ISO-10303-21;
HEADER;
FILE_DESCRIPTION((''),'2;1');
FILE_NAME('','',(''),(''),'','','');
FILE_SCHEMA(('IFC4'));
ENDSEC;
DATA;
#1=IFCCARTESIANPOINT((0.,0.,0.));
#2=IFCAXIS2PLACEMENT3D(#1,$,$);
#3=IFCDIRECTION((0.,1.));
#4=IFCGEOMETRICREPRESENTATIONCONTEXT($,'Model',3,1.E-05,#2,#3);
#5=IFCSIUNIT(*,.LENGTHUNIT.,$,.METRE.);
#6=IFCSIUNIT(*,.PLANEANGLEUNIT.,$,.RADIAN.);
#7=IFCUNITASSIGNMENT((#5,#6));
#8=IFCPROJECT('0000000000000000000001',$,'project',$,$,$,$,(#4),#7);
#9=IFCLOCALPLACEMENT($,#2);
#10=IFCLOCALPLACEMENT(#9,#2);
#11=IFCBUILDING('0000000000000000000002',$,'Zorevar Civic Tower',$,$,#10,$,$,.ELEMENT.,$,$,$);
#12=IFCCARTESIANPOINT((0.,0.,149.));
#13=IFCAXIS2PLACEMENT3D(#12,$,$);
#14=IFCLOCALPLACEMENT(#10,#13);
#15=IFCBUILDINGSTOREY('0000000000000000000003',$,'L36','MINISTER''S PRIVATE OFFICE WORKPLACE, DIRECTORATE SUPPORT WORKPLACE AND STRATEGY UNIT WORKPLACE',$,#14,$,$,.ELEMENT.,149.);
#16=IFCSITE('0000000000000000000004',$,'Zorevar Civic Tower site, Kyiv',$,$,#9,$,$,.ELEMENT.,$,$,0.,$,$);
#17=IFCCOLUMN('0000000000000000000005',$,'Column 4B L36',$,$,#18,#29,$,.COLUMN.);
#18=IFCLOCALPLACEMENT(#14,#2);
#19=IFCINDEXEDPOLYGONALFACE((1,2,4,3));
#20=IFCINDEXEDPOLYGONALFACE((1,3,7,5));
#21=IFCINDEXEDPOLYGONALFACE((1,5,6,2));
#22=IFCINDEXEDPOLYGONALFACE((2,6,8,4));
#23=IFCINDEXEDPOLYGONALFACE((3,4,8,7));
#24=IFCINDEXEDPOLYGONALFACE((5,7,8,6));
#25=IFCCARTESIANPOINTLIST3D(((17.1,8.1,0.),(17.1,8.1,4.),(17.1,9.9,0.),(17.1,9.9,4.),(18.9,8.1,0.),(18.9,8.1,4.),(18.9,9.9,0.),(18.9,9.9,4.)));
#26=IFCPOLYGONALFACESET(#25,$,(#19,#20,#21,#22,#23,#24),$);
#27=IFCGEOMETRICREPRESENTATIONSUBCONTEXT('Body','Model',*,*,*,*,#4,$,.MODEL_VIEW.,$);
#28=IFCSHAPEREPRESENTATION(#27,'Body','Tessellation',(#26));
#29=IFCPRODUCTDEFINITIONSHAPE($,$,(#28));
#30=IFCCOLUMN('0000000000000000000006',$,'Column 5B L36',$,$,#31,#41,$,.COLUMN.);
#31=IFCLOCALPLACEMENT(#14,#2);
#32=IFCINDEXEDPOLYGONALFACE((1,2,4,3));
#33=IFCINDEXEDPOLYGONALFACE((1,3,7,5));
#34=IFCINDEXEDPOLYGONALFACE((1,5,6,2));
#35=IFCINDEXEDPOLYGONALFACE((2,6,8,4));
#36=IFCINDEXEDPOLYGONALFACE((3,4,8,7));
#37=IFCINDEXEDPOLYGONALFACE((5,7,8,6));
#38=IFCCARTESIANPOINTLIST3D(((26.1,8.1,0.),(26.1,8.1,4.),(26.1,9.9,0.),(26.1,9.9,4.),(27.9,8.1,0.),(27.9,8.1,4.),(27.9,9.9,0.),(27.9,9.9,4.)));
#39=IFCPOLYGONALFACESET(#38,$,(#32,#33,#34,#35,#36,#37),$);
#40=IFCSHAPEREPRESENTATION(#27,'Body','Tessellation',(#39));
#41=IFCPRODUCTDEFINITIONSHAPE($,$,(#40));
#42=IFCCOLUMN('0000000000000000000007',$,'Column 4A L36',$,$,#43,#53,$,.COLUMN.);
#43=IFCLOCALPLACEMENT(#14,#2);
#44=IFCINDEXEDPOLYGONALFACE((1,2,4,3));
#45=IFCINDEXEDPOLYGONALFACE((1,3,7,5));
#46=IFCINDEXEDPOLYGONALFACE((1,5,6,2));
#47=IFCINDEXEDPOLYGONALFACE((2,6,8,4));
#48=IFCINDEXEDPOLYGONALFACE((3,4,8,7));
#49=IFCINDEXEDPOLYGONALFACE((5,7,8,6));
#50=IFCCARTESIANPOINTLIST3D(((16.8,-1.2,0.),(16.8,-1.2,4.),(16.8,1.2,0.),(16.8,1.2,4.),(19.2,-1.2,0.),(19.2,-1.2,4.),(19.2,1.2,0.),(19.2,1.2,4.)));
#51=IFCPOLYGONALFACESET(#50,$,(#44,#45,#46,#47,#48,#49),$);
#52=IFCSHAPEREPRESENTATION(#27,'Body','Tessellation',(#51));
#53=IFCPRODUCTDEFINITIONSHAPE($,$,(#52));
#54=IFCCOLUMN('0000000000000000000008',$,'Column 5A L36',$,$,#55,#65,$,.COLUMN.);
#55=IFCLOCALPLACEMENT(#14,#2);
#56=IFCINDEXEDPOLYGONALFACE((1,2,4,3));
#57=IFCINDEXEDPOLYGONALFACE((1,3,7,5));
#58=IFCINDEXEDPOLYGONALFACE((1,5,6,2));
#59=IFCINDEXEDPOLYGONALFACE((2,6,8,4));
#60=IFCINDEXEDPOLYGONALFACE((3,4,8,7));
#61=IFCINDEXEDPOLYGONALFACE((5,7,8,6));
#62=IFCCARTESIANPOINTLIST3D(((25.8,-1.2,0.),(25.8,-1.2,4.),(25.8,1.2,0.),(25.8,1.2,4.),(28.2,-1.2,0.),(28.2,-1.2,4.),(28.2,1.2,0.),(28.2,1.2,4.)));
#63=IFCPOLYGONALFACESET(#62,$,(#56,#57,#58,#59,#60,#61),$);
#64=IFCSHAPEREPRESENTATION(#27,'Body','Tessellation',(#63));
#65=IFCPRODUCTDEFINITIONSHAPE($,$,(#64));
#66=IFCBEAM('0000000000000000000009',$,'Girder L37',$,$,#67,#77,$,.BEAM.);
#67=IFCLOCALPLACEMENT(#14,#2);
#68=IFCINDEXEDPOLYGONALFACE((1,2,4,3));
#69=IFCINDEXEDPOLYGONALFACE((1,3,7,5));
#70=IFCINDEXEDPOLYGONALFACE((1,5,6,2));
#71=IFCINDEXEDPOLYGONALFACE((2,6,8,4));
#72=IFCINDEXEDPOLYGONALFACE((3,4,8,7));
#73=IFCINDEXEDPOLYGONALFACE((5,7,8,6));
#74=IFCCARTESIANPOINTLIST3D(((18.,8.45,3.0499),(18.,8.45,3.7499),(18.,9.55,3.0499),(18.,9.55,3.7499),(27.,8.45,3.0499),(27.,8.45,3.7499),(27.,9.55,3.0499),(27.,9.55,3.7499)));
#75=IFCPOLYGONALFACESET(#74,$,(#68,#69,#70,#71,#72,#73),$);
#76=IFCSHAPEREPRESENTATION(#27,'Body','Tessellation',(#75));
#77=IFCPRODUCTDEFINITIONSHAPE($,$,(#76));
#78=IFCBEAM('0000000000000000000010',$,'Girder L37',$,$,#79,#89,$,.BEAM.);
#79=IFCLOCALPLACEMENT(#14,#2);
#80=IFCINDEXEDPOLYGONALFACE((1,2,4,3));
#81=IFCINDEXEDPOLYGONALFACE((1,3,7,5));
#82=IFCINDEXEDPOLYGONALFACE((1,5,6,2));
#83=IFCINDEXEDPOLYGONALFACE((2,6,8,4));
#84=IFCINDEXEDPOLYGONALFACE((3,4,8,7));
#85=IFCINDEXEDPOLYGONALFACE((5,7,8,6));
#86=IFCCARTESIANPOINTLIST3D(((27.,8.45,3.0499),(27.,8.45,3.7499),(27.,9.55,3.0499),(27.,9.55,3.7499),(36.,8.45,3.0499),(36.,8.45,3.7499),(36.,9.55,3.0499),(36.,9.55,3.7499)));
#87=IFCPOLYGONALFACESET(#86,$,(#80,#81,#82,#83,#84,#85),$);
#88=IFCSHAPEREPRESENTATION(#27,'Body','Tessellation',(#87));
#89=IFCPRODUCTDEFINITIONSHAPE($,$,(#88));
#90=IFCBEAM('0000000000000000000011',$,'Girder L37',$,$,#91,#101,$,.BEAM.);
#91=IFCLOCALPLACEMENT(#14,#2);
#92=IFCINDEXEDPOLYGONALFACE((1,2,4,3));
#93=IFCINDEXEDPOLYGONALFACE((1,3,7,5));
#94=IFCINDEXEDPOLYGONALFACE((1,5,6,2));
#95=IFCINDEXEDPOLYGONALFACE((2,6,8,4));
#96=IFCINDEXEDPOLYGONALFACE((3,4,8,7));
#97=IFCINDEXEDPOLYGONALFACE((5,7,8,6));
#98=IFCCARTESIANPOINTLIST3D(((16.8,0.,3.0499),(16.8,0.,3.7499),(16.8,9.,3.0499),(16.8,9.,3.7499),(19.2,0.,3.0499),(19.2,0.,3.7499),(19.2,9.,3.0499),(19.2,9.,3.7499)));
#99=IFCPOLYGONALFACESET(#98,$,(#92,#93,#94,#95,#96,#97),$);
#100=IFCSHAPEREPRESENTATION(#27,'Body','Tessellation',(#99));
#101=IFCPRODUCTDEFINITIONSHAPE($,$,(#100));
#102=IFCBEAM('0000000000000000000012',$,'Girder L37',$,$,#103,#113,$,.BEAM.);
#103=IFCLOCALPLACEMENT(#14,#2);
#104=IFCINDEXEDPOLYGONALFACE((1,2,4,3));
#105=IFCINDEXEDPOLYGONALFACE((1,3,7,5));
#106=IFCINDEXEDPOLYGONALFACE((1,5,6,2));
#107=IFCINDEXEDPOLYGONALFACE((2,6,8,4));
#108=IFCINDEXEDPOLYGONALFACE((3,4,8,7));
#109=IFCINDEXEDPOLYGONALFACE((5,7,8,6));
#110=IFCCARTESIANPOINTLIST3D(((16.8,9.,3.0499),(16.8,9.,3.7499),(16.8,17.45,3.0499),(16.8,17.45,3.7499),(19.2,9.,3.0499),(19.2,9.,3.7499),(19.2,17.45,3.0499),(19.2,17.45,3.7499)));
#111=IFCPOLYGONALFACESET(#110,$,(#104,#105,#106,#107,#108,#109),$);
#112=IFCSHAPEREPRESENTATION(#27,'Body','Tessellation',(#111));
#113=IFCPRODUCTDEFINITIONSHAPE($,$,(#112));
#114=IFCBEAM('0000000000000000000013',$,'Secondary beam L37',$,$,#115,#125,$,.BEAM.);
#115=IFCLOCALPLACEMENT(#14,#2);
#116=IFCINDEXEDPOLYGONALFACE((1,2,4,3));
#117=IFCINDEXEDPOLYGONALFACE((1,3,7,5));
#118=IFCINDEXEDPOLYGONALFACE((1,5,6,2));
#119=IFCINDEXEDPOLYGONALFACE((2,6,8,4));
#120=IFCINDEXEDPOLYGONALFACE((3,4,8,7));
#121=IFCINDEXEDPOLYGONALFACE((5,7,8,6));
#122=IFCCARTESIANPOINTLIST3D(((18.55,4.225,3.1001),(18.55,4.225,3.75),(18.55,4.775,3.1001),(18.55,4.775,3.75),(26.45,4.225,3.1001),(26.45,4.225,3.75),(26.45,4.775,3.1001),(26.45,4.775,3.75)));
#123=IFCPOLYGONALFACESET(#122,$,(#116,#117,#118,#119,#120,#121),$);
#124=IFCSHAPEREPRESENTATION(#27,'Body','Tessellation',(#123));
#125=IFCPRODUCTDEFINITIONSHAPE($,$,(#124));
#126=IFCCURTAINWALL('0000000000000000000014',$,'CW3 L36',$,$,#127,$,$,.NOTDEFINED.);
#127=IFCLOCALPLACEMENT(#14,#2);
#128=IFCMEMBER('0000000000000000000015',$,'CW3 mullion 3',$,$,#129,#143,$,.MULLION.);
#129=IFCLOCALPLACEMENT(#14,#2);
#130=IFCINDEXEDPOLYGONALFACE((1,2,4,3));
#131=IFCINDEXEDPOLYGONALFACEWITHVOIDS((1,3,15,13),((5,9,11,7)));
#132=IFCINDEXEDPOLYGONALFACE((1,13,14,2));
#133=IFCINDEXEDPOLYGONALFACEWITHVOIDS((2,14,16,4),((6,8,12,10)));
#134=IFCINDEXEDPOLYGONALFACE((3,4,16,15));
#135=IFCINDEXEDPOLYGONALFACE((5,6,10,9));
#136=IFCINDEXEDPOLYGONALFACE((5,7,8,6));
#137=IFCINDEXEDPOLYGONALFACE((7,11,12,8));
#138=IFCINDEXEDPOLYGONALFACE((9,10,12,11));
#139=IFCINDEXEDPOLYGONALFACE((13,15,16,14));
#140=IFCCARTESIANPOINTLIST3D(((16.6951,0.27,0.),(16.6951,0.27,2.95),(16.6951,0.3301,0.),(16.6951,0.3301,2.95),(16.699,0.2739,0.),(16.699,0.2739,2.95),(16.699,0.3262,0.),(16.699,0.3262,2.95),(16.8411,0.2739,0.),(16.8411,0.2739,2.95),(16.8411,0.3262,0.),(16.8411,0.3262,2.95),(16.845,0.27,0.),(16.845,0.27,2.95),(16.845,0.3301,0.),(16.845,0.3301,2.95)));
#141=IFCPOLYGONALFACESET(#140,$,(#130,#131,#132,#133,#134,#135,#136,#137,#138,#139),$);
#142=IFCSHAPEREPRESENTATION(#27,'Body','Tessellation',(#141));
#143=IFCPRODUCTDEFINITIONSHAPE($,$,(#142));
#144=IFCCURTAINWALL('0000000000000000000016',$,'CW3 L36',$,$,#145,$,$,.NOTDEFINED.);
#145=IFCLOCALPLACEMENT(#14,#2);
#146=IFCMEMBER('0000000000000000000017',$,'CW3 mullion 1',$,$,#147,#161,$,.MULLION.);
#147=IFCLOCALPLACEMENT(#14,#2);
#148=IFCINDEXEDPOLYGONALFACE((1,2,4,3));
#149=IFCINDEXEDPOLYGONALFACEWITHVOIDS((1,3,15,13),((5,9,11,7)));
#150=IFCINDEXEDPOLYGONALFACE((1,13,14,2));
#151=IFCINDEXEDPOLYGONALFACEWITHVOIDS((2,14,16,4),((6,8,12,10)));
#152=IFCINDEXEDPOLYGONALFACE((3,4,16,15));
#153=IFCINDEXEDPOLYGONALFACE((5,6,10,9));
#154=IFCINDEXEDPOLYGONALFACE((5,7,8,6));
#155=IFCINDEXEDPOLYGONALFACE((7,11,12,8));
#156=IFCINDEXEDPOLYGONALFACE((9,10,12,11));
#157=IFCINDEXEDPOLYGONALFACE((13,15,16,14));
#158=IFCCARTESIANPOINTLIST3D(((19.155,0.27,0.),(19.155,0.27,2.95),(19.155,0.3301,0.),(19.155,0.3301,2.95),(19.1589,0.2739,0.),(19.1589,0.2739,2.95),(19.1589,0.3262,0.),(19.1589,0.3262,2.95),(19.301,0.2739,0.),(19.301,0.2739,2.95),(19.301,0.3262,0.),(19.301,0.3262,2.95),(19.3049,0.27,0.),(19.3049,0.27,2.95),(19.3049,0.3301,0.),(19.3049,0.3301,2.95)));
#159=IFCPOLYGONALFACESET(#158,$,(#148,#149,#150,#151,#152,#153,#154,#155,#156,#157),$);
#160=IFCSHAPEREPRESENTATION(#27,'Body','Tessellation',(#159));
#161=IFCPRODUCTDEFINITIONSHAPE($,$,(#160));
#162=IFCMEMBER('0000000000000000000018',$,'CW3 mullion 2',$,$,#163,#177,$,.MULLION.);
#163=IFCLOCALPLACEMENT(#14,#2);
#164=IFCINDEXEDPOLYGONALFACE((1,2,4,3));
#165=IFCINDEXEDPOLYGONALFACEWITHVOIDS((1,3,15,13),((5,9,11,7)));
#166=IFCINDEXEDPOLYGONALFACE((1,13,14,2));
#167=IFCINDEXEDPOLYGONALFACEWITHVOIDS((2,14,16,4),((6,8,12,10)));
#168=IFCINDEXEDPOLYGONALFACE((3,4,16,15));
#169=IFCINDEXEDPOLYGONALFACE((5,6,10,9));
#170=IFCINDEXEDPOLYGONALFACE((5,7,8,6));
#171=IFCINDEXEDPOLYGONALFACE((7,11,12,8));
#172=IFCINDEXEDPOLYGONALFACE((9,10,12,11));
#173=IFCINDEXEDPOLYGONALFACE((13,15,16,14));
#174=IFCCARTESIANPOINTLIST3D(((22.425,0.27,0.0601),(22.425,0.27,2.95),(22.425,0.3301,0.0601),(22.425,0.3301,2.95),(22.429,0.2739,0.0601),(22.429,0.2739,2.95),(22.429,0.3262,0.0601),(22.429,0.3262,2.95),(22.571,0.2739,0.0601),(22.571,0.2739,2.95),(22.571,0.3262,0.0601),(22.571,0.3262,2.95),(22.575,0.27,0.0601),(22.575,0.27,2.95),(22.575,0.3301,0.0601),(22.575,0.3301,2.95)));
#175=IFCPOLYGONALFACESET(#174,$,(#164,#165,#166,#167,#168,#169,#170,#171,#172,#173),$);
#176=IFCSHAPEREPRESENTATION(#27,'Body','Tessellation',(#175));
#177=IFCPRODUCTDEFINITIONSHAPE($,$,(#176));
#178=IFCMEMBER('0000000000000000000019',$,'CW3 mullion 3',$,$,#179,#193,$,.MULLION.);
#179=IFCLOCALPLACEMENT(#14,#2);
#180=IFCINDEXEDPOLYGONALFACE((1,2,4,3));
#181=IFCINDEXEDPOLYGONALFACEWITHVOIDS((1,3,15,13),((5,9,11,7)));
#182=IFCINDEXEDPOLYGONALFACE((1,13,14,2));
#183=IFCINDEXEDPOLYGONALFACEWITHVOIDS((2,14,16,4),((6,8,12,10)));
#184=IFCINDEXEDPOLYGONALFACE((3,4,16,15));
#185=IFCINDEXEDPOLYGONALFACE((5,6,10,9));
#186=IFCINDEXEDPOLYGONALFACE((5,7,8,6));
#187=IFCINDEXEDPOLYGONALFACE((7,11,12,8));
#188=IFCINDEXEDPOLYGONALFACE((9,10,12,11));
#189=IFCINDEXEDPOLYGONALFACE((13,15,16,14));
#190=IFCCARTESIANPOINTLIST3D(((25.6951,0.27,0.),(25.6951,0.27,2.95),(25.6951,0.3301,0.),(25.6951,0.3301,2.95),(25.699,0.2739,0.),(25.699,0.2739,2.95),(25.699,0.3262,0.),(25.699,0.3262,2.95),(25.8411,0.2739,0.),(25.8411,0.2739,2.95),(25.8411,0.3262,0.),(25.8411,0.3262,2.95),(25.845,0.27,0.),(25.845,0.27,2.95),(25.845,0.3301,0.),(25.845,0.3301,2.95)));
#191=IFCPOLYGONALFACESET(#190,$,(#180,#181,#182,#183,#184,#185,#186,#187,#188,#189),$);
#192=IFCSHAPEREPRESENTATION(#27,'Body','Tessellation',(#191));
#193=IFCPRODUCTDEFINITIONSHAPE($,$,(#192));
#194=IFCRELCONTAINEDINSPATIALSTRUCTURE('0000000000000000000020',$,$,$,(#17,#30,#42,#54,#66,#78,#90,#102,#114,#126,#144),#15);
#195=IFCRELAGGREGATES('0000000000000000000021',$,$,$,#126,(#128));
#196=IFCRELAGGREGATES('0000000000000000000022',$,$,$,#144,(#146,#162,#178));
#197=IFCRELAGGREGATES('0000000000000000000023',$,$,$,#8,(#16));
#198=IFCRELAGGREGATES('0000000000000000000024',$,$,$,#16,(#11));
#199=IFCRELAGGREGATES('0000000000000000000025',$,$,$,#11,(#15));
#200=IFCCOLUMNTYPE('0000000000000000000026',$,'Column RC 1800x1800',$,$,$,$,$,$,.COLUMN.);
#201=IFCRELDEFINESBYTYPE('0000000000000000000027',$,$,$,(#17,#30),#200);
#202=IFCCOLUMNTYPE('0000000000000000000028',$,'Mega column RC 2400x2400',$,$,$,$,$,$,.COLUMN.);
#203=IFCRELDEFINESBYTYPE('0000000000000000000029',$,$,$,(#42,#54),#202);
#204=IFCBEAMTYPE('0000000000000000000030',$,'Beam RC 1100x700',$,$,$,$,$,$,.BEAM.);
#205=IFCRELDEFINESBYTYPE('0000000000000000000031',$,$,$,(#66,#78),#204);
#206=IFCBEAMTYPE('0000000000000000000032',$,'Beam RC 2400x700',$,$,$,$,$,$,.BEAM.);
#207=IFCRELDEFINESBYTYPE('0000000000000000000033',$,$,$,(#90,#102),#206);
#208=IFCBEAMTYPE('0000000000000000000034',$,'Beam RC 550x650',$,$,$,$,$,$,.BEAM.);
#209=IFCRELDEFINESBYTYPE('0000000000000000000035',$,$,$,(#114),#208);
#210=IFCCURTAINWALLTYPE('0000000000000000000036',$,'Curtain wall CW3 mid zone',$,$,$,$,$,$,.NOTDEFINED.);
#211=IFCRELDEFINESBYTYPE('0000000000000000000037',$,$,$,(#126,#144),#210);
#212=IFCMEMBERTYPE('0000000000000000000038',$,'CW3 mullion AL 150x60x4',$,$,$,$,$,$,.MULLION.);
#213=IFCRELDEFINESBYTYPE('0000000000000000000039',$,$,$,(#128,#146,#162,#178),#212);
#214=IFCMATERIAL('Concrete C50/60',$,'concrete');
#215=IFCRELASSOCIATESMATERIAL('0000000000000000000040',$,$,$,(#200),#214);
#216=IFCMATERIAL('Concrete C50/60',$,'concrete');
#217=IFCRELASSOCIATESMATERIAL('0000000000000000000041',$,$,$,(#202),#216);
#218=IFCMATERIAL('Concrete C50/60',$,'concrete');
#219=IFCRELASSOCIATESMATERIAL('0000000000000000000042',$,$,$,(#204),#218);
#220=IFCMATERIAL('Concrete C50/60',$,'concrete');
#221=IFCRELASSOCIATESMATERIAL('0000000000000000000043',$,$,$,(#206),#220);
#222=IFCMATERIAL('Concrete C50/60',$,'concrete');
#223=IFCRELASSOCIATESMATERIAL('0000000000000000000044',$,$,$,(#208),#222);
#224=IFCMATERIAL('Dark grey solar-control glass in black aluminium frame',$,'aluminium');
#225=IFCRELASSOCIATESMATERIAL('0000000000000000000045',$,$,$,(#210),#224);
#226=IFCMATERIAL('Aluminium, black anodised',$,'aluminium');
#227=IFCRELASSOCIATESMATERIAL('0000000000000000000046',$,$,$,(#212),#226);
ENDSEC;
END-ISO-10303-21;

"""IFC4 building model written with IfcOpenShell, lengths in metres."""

from ifc_helpers import new_model, si_unit, direction, frame, origin, origin_2d, place, context, subcontext, project, spatial, rectangle, hollow_rectangle, extrude, material, material_profile, profile_set, type_object, element, aggregate, save


model = new_model("IFC4")

# Units and contexts
model_context = context("Model", 3, precision=1e-05, world=origin(), true_north=direction((0.0, 1.0)))
body_context = subcontext(model_context, "Body", "Model", "MODEL_VIEW")
ifc_project = project(units=[si_unit("LENGTHUNIT", "METRE"), si_unit("PLANEANGLEUNIT", "RADIAN")], contexts=[model_context])

# Site, building, storey
site_placement = place(None, origin())
site = spatial("IfcSite", under=ifc_project, at=site_placement, Name="Zorevar Civic Tower site, Kyiv", CompositionType="ELEMENT", RefElevation=0.0)
building_placement = place(site_placement, origin())
building = spatial("IfcBuilding", under=site, at=building_placement, Name="Zorevar Civic Tower", CompositionType="ELEMENT")
storey_placement = place(building_placement, frame((0.0, 0.0, 149.0)))
storey = spatial("IfcBuildingStorey", under=building, at=storey_placement, Name="L36", Description="MINISTER'S PRIVATE OFFICE WORKPLACE, DIRECTORATE SUPPORT WORKPLACE AND STRATEGY UNIT WORKPLACE", CompositionType="ELEMENT", Elevation=149.0)

# Columns
ifc_material_1 = material(Name="Concrete C50/60", Category="concrete")
ifc_material_profile_1 = material_profile(ifc_material_1, rectangle(XDim=1.8, YDim=1.8, at=origin_2d()), Name="RC 1800x1800")
ifc_profile_set_1 = profile_set([ifc_material_profile_1], Name="Concrete C50/60")
column_type_1 = type_object("IfcColumnType", Name="Column RC 1800x1800", PredefinedType="COLUMN", material=ifc_profile_set_1)
for number, where, z_axis, x_axis, name in (
    (1, (18.0, 9.0, 0.0), (0.0, 0.0, 1.0), (1.0, 0.0, 0.0), "Column 4B L36"),
    (2, (27.0, 9.0, 0.0), (0.0, 0.0, 1.0), (1.0, 0.0, 0.0), "Column 5B L36"),
):
    element("IfcColumn", number, at=place(storey_placement, frame(where, z_axis=z_axis, x_axis=x_axis)), inside=storey, type_object=column_type_1, Name=name, PredefinedType="COLUMN", context=body_context, shape_type="SweptSolid", body=[
        extrude(rectangle(XDim=1.8, YDim=1.8, at=origin_2d()), origin(), (0.0, 0.0, 1.0), 4.0),
    ])
ifc_material_2 = material(Name="Concrete C50/60", Category="concrete")
ifc_material_profile_2 = material_profile(ifc_material_2, rectangle(XDim=2.3999, YDim=2.3999, at=origin_2d()), Name="RC 2400x2400")
ifc_profile_set_2 = profile_set([ifc_material_profile_2], Name="Concrete C50/60")
column_type_2 = type_object("IfcColumnType", Name="Mega column RC 2400x2400", PredefinedType="COLUMN", material=ifc_profile_set_2)
for number, where, z_axis, x_axis, name in (
    (3, (18.0, 0.0, 0.0), (0.0, 0.0, 1.0), (1.0, 0.0, 0.0), "Column 4A L36"),
    (4, (27.0, 0.0, 0.0), (0.0, 0.0, 1.0), (1.0, 0.0, 0.0), "Column 5A L36"),
):
    element("IfcColumn", number, at=place(storey_placement, frame(where, z_axis=z_axis, x_axis=x_axis)), inside=storey, type_object=column_type_2, Name=name, PredefinedType="COLUMN", context=body_context, shape_type="SweptSolid", body=[
        extrude(rectangle(XDim=2.3999, YDim=2.3999, at=origin_2d()), origin(), (0.0, 0.0, 1.0), 4.0),
    ])

# Beams
ifc_material_3 = material(Name="Concrete C50/60", Category="concrete")
ifc_material_profile_3 = material_profile(ifc_material_3, rectangle(XDim=1.1001, YDim=0.7, at=origin_2d()), Name="RC 1100x700")
ifc_profile_set_3 = profile_set([ifc_material_profile_3], Name="Concrete C50/60")
beam_type_1 = type_object("IfcBeamType", Name="Beam RC 1100x700", PredefinedType="BEAM", material=ifc_profile_set_3)
for number, where, z_axis, x_axis, name in (
    (5, (18.0, 9.0, 3.3999), (1.0, 0.0, 0.0), (0.0, 1.0, 0.0), "Girder L37"),
    (6, (27.0, 9.0, 3.3999), (1.0, 0.0, 0.0), (0.0, 1.0, 0.0), "Girder L37"),
):
    element("IfcBeam", number, at=place(storey_placement, frame(where, z_axis=z_axis, x_axis=x_axis)), inside=storey, type_object=beam_type_1, Name=name, PredefinedType="BEAM", context=body_context, shape_type="SweptSolid", body=[
        extrude(rectangle(XDim=1.1001, YDim=0.7, at=origin_2d()), origin(), (0.0, 0.0, 1.0), 9.0),
    ])
ifc_material_4 = material(Name="Concrete C50/60", Category="concrete")
ifc_material_profile_4 = material_profile(ifc_material_4, rectangle(XDim=2.3999, YDim=0.7, at=origin_2d()), Name="RC 2400x700")
ifc_profile_set_4 = profile_set([ifc_material_profile_4], Name="Concrete C50/60")
beam_type_2 = type_object("IfcBeamType", Name="Beam RC 2400x700", PredefinedType="BEAM", material=ifc_profile_set_4)
beam_1_placement = place(storey_placement, frame((18.0, 0.0, 3.3999), z_axis=(0.0, 1.0, 0.0), x_axis=(-1.0, 0.0, 0.0)))
element("IfcBeam", 7, at=beam_1_placement, inside=storey, type_object=beam_type_2, Name="Girder L37", PredefinedType="BEAM", context=body_context, shape_type="SweptSolid", body=[
    extrude(rectangle(XDim=2.3999, YDim=0.7, at=origin_2d()), origin(), (0.0, 0.0, 1.0), 9.0),
])
beam_2_placement = place(storey_placement, frame((18.0, 9.0, 3.3999), z_axis=(0.0, 1.0, 0.0), x_axis=(-1.0, 0.0, 0.0)))
element("IfcBeam", 8, at=beam_2_placement, inside=storey, type_object=beam_type_2, Name="Girder L37", PredefinedType="BEAM", context=body_context, shape_type="SweptSolid", body=[
    extrude(rectangle(XDim=2.3999, YDim=0.7, at=origin_2d()), origin(), (0.0, 0.0, 1.0), 8.45),
])
ifc_material_5 = material(Name="Concrete C50/60", Category="concrete")
ifc_material_profile_5 = material_profile(ifc_material_5, rectangle(XDim=0.55, YDim=0.6499, at=origin_2d()), Name="RC 550x650")
ifc_profile_set_5 = profile_set([ifc_material_profile_5], Name="Concrete C50/60")
beam_type_3 = type_object("IfcBeamType", Name="Beam RC 550x650", PredefinedType="BEAM", material=ifc_profile_set_5)
beam_3_placement = place(storey_placement, frame((18.55, 4.5, 3.425), z_axis=(1.0, 0.0, 0.0), x_axis=(0.0, 1.0, 0.0)))
element("IfcBeam", 9, at=beam_3_placement, inside=storey, type_object=beam_type_3, Name="Secondary beam L37", PredefinedType="BEAM", context=body_context, shape_type="SweptSolid", body=[
    extrude(rectangle(XDim=0.55, YDim=0.6499, at=origin_2d()), origin(), (0.0, 0.0, 1.0), 7.8999),
])

# Curtain wall, member
ifc_material_6 = material(Name="Dark grey solar-control glass in black aluminium frame", Category="aluminium")
curtain_wall_type = type_object("IfcCurtainWallType", Name="Curtain wall CW3 mid zone", PredefinedType="NOTDEFINED", material=ifc_material_6)
curtain_wall_1_placement = place(storey_placement, origin())
curtain_wall_1 = element("IfcCurtainWall", 10, at=curtain_wall_1_placement, inside=storey, type_object=curtain_wall_type, Name="CW3 L36", PredefinedType="NOTDEFINED")
ifc_material_7 = material(Name="Aluminium, black anodised", Category="aluminium")
ifc_material_profile_6 = material_profile(ifc_material_7, hollow_rectangle(XDim=0.0601, YDim=0.1499, WallThickness=0.0039, at=origin_2d()), Name="AL 150x60x4")
ifc_profile_set_6 = profile_set([ifc_material_profile_6], Name="Aluminium, black anodised")
member_type_1 = type_object("IfcMemberType", Name="CW3 mullion AL 150x60x4", PredefinedType="MULLION", material=ifc_profile_set_6)
member_1_placement = place(storey_placement, frame((16.77, 0.3, 0.0), z_axis=(0.0, 0.0, 1.0), x_axis=(0.0, 1.0, 0.0)))
member_1 = element("IfcMember", 11, at=member_1_placement, type_object=member_type_1, Name="CW3 mullion 3", PredefinedType="MULLION", context=body_context, shape_type="SweptSolid", body=[
    extrude(hollow_rectangle(XDim=0.0601, YDim=0.1499, WallThickness=0.0039, at=origin_2d()), origin(), (0.0, 0.0, 1.0), 2.95),
])

# Curtain wall, members
curtain_wall_2_placement = place(storey_placement, origin())
curtain_wall_2 = element("IfcCurtainWall", 12, at=curtain_wall_2_placement, inside=storey, type_object=curtain_wall_type, Name="CW3 L36", PredefinedType="NOTDEFINED")
member_2_placement = place(storey_placement, frame((19.23, 0.3, 0.0), z_axis=(0.0, 0.0, 1.0), x_axis=(0.0, 1.0, 0.0)))
member_2 = element("IfcMember", 13, at=member_2_placement, type_object=member_type_1, Name="CW3 mullion 1", PredefinedType="MULLION", context=body_context, shape_type="SweptSolid", body=[
    extrude(hollow_rectangle(XDim=0.0601, YDim=0.1499, WallThickness=0.0039, at=origin_2d()), origin(), (0.0, 0.0, 1.0), 2.95),
])
member_3_placement = place(storey_placement, frame((22.5, 0.3, 0.0601), z_axis=(0.0, 0.0, 1.0), x_axis=(0.0, 1.0, 0.0)))
member_3 = element("IfcMember", 14, at=member_3_placement, type_object=member_type_1, Name="CW3 mullion 2", PredefinedType="MULLION", context=body_context, shape_type="SweptSolid", body=[
    extrude(hollow_rectangle(XDim=0.0601, YDim=0.1499, WallThickness=0.0039, at=origin_2d()), origin(), (0.0, 0.0, 1.0), 2.8899),
])
member_4_placement = place(storey_placement, frame((25.77, 0.3, 0.0), z_axis=(0.0, 0.0, 1.0), x_axis=(0.0, 1.0, 0.0)))
member_4 = element("IfcMember", 15, at=member_4_placement, type_object=member_type_1, Name="CW3 mullion 3", PredefinedType="MULLION", context=body_context, shape_type="SweptSolid", body=[
    extrude(hollow_rectangle(XDim=0.0601, YDim=0.1499, WallThickness=0.0039, at=origin_2d()), origin(), (0.0, 0.0, 1.0), 2.95),
])

aggregate(curtain_wall_1, [member_1])
aggregate(curtain_wall_2, [member_2, member_3, member_4])

save(model, "model.ifc")
